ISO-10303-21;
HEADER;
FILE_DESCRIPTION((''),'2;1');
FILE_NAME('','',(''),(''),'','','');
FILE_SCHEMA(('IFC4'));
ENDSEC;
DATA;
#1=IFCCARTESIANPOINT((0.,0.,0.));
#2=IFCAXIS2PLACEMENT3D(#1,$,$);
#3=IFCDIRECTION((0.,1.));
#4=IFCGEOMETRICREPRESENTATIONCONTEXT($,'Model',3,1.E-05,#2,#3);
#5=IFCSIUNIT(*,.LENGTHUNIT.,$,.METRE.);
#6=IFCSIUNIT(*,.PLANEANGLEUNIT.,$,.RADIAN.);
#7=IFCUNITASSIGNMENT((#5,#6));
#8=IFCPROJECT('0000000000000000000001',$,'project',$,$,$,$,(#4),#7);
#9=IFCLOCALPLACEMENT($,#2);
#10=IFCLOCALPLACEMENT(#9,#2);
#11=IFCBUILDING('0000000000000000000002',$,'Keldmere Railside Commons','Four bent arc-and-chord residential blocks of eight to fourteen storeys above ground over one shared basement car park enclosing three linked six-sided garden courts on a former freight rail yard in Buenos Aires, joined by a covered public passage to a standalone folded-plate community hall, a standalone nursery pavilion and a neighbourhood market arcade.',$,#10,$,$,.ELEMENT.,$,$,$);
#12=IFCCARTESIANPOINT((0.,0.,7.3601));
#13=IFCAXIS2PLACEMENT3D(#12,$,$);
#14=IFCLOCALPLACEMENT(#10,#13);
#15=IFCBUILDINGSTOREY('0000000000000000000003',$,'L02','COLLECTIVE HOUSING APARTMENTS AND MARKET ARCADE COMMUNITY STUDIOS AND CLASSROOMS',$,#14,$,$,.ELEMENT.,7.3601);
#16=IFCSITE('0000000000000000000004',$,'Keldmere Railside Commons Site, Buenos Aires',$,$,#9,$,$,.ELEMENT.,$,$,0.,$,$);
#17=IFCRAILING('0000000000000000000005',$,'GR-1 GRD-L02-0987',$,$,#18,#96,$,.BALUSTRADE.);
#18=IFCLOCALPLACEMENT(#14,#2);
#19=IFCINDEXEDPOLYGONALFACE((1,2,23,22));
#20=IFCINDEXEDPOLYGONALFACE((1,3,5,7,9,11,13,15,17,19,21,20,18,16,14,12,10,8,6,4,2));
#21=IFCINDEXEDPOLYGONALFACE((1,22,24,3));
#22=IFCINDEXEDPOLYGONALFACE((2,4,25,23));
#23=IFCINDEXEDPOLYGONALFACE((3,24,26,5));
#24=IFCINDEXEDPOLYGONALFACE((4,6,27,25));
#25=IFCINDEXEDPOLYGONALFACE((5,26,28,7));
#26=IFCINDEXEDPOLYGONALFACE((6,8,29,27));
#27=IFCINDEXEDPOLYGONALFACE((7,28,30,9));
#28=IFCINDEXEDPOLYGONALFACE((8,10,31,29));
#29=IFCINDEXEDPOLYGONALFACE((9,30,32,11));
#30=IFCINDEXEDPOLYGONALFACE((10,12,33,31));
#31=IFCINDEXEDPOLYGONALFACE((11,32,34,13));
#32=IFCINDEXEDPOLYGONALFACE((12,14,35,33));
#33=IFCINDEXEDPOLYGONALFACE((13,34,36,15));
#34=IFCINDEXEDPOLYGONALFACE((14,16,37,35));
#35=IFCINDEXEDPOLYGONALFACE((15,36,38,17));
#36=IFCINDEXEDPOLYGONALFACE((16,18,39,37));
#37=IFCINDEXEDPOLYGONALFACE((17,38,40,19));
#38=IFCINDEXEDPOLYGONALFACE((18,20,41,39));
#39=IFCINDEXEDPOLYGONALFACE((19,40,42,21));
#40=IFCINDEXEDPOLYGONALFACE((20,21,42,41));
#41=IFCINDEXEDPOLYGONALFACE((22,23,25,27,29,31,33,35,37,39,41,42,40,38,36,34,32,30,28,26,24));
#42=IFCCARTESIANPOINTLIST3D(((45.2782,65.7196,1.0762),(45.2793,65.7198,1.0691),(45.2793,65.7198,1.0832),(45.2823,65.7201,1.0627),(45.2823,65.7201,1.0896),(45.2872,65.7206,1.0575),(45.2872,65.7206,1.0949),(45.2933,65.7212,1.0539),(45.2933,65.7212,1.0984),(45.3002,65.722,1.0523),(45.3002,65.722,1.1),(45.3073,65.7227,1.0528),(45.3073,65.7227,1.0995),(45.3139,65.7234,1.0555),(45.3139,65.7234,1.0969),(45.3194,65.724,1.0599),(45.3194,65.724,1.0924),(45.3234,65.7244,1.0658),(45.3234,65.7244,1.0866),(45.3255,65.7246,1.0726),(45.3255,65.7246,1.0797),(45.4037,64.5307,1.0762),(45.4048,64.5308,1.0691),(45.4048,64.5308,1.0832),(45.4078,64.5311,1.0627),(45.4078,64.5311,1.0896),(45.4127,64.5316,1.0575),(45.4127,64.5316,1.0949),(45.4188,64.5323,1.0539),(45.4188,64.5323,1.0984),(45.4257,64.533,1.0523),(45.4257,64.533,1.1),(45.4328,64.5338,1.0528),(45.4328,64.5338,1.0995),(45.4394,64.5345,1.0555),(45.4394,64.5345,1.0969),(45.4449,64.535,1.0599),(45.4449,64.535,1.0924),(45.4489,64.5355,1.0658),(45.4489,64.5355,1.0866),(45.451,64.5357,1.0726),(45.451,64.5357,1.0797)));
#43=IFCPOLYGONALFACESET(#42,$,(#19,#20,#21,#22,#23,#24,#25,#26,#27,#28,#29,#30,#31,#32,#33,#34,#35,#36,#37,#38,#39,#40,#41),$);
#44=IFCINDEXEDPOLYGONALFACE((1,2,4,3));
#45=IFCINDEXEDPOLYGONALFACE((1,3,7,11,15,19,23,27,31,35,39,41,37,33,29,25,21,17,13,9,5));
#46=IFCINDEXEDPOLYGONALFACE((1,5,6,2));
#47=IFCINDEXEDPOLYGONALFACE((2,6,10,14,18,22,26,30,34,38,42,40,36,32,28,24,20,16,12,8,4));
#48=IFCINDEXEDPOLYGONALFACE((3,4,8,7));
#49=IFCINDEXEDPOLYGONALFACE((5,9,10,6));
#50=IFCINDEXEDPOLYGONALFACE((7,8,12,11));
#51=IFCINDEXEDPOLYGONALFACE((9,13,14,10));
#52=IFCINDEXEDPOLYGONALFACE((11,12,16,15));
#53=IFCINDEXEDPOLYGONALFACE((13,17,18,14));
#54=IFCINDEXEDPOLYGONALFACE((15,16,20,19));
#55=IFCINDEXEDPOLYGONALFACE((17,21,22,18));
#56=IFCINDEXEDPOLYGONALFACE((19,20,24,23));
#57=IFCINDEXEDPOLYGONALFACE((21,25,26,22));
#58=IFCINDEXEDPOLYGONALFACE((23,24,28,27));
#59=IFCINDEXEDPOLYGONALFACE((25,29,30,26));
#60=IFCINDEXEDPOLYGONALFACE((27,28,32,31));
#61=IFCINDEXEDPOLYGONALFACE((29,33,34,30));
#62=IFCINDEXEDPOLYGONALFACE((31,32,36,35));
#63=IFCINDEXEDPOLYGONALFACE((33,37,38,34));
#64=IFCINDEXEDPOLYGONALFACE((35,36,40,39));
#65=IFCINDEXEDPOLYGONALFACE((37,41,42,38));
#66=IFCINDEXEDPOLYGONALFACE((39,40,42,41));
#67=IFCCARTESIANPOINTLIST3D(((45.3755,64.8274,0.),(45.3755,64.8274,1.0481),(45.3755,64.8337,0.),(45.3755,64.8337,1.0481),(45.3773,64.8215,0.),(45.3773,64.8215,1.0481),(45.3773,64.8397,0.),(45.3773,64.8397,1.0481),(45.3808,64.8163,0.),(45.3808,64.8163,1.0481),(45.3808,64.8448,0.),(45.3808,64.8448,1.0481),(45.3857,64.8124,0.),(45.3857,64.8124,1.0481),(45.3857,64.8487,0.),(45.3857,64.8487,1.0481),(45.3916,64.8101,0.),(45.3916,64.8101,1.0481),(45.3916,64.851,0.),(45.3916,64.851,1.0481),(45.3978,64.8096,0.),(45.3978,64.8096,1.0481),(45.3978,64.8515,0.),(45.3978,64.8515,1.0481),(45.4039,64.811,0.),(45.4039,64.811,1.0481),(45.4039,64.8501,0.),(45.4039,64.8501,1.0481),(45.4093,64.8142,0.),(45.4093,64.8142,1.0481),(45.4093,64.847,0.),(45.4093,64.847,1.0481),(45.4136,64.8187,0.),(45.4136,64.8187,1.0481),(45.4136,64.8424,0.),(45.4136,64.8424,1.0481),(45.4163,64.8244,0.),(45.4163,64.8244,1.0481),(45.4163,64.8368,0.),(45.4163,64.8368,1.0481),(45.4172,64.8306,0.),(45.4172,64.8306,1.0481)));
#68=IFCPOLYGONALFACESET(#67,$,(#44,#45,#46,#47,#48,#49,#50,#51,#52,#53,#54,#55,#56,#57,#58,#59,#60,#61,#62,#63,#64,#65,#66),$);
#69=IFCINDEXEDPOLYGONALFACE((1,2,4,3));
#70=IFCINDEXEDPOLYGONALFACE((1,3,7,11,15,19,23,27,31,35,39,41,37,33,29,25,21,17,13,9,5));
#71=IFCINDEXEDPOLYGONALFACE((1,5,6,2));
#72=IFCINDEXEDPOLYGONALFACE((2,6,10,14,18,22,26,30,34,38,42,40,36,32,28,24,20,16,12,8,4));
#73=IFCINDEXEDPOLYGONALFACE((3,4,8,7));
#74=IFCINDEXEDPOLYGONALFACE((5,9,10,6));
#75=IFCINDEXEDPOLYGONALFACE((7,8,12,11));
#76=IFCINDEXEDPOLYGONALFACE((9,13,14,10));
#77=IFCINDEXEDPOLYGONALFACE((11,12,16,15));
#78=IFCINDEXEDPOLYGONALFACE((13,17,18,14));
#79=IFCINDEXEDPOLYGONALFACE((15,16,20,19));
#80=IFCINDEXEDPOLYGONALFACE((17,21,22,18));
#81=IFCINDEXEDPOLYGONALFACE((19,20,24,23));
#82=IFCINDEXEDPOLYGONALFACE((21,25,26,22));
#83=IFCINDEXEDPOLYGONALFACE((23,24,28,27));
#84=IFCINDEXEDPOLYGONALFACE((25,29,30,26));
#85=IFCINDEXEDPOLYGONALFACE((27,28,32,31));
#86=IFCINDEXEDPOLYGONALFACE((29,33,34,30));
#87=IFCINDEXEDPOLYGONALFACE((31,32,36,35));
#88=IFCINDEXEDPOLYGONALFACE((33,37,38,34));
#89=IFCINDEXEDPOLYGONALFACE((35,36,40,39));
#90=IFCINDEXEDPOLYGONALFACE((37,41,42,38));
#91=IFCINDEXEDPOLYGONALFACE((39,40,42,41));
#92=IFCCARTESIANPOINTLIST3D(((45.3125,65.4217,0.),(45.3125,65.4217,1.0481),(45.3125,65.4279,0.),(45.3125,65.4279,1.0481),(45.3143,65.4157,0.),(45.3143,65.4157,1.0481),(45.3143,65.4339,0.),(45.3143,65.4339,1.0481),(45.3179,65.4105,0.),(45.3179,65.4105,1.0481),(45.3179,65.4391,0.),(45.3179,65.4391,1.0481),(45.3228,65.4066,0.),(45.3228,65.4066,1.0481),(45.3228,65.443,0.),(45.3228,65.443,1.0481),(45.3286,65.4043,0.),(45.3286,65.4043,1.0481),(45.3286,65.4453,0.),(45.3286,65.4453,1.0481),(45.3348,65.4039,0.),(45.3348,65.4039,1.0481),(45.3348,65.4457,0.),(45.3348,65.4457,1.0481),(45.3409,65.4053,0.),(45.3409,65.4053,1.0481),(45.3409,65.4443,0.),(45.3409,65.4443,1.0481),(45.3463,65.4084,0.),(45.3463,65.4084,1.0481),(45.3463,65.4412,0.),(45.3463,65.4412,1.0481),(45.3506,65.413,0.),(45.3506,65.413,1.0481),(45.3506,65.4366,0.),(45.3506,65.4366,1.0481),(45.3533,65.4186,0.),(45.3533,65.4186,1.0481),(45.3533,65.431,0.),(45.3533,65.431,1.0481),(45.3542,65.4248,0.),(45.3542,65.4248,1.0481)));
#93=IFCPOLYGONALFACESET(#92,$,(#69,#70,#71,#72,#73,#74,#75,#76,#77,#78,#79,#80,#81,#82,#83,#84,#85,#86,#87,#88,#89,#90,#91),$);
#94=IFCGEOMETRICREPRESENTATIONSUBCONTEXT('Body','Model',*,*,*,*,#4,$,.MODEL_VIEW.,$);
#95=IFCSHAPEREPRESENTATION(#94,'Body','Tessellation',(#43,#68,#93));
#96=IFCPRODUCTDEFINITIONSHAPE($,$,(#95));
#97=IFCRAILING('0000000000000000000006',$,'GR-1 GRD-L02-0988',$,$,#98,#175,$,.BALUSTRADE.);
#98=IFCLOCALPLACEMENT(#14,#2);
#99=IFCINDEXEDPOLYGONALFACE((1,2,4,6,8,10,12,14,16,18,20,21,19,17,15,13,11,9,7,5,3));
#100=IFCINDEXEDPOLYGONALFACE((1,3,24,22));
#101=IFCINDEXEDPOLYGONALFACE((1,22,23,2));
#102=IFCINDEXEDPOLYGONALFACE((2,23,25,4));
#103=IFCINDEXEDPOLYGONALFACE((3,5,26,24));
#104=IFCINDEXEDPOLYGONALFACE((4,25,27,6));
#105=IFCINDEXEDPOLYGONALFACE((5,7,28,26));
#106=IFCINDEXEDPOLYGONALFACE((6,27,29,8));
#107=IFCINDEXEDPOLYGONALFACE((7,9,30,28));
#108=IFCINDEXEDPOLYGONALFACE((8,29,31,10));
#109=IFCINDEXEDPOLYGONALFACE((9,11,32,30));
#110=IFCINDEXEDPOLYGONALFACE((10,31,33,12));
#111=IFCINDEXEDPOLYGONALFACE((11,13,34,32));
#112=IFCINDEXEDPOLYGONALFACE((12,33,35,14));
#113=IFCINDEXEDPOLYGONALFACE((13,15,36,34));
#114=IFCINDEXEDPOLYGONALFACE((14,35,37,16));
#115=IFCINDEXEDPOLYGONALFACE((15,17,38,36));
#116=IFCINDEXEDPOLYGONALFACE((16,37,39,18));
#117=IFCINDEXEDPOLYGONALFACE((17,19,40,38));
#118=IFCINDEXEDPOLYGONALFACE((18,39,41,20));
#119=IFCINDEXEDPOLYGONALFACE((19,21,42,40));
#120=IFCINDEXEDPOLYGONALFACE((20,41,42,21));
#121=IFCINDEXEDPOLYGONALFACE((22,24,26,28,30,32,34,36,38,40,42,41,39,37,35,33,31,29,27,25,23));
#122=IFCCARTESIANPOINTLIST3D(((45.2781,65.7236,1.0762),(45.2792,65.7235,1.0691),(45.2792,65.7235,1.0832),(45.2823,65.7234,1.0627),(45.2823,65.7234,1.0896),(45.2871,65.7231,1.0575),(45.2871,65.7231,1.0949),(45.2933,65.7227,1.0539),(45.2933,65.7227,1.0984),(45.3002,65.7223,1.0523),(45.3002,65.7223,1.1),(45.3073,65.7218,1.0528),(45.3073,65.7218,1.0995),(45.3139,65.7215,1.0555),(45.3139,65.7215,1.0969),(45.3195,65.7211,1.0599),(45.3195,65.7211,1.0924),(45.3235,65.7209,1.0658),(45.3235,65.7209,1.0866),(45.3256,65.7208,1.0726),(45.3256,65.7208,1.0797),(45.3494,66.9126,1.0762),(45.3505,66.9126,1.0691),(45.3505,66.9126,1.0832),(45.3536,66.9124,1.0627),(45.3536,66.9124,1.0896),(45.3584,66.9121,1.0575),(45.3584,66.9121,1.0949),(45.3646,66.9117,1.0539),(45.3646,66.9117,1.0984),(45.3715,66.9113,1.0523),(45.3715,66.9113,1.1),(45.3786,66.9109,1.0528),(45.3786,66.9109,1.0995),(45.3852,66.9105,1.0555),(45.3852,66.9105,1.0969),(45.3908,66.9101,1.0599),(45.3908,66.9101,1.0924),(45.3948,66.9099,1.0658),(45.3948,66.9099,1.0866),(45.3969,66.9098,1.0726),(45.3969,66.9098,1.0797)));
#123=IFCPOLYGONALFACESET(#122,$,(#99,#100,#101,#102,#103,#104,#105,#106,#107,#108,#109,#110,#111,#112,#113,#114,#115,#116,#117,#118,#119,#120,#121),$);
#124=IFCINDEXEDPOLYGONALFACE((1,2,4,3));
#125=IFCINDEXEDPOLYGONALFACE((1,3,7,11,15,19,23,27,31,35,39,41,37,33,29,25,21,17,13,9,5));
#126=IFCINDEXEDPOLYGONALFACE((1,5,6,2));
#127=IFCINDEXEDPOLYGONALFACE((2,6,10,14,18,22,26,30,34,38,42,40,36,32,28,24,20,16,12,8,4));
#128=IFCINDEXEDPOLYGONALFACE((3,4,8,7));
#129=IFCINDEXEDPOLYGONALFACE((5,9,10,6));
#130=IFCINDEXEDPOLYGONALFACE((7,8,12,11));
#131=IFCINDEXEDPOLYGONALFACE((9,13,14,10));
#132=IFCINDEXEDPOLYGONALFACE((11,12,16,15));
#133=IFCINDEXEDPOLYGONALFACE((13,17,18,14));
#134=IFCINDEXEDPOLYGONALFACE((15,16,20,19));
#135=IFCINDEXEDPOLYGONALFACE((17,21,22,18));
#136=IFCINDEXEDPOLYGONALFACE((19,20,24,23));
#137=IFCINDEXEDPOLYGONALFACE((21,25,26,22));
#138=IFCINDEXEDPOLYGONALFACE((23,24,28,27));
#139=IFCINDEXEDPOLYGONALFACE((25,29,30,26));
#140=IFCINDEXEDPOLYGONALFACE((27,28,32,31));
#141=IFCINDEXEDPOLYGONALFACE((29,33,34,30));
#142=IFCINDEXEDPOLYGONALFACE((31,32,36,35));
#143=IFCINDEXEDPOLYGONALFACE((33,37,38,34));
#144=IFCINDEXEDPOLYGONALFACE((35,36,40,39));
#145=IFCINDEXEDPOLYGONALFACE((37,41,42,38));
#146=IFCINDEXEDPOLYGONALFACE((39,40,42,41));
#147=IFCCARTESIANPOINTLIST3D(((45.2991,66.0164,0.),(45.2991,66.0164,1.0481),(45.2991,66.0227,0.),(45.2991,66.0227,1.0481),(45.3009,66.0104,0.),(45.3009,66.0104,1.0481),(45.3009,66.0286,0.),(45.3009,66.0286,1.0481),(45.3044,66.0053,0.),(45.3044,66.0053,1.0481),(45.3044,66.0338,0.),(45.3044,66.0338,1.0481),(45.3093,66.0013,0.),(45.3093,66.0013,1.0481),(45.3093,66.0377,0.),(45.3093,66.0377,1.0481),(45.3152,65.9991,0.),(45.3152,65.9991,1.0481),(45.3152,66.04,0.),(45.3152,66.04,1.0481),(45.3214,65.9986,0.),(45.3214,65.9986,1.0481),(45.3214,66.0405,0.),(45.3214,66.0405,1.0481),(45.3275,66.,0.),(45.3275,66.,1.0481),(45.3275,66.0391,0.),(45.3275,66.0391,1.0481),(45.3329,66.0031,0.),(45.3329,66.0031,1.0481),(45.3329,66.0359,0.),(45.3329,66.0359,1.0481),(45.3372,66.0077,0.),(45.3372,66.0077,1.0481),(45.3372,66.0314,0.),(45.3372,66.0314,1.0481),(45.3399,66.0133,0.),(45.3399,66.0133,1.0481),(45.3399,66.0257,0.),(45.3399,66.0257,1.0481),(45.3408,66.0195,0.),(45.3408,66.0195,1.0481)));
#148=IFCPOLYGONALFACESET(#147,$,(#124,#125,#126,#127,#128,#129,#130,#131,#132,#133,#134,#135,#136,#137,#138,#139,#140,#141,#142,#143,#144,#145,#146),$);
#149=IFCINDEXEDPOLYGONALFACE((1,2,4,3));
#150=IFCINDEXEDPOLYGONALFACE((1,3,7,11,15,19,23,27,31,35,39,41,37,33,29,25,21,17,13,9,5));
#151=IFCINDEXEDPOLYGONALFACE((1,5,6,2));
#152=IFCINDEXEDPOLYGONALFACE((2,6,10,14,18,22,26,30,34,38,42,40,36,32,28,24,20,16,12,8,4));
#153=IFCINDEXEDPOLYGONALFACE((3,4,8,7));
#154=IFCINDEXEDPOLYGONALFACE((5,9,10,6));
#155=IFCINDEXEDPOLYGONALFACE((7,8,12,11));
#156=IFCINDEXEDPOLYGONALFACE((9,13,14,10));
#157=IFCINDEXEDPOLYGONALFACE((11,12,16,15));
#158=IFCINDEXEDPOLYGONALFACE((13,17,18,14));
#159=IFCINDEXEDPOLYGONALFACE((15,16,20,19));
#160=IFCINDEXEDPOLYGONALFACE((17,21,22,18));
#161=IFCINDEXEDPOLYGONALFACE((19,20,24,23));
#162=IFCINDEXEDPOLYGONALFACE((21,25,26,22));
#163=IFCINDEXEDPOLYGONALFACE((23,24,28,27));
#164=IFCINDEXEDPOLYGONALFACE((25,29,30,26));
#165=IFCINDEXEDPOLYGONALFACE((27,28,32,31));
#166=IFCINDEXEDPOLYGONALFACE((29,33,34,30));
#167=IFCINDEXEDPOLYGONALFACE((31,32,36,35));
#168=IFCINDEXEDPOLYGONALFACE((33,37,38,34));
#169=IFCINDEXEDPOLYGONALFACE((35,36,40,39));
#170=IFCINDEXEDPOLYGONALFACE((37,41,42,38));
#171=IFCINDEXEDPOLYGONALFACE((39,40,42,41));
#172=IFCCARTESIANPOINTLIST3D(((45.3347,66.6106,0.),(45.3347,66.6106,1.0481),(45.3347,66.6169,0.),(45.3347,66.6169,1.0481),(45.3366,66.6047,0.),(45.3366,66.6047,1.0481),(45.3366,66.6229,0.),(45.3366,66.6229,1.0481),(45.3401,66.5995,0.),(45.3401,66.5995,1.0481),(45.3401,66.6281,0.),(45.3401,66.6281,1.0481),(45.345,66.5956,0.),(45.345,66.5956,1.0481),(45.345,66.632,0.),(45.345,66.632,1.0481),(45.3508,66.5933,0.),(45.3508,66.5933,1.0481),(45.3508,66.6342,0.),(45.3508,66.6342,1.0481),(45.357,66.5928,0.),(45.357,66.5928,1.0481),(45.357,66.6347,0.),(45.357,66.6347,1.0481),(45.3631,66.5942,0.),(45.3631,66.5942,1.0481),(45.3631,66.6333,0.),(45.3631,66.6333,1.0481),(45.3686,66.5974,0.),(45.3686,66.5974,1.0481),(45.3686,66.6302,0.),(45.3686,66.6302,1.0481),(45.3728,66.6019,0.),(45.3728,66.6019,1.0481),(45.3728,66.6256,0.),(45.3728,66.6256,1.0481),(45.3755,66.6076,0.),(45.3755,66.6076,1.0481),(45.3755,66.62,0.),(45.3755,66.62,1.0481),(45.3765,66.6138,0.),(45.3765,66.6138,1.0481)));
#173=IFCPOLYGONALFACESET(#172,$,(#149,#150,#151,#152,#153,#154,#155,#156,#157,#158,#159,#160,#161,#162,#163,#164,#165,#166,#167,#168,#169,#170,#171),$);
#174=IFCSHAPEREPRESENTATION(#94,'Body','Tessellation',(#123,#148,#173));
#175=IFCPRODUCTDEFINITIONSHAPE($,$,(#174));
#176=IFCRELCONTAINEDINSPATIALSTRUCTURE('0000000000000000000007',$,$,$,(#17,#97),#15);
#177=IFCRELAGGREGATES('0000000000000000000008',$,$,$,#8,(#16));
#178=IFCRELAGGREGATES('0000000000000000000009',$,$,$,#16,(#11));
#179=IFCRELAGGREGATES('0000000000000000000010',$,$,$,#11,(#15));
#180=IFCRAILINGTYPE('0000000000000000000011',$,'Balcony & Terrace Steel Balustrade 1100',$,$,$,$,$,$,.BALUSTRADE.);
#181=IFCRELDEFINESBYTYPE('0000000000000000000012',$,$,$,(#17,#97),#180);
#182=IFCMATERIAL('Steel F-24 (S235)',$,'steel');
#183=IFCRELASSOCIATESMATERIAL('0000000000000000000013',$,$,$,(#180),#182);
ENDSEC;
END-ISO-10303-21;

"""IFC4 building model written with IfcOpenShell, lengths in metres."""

from ifc_helpers import new_model, si_unit, direction, frame, origin, origin_2d, place, context, subcontext, project, spatial, circle, extrude, material, type_object, element, save


model = new_model("IFC4")

# Units and contexts
model_context = context("Model", 3, precision=1e-05, world=origin(), true_north=direction((0.0, 1.0)))
body_context = subcontext(model_context, "Body", "Model", "MODEL_VIEW")
ifc_project = project(units=[si_unit("LENGTHUNIT", "METRE"), si_unit("PLANEANGLEUNIT", "RADIAN")], contexts=[model_context])

# Site, building, storey
site_placement = place(None, origin())
site = spatial("IfcSite", under=ifc_project, at=site_placement, Name="Keldmere Railside Commons Site, Buenos Aires", CompositionType="ELEMENT", RefElevation=0.0)
building_placement = place(site_placement, origin())
building = spatial("IfcBuilding", under=site, at=building_placement, Name="Keldmere Railside Commons", Description="Four bent arc-and-chord residential blocks of eight to fourteen storeys above ground over one shared basement car park enclosing three linked six-sided garden courts on a former freight rail yard in Buenos Aires, joined by a covered public passage to a standalone folded-plate community hall, a standalone nursery pavilion and a neighbourhood market arcade.", CompositionType="ELEMENT")
storey_placement = place(building_placement, frame((0.0, 0.0, 7.3601)))
storey = spatial("IfcBuildingStorey", under=building, at=storey_placement, Name="L02", Description="COLLECTIVE HOUSING APARTMENTS AND MARKET ARCADE COMMUNITY STUDIOS AND CLASSROOMS", CompositionType="ELEMENT", Elevation=7.3601)

# Railings
ifc_material_1 = material(Name="Steel F-24 (S235)", Category="steel")
railing_type = type_object("IfcRailingType", Name="Balcony & Terrace Steel Balustrade 1100", PredefinedType="BALUSTRADE", material=ifc_material_1)
railing_1_placement = place(storey_placement, frame((45.4275, 64.5332, 0.0)))
element("IfcRailing", 1, at=railing_1_placement, inside=storey, type_object=railing_type, Name="GR-1 GRD-L02-0987", PredefinedType="BALUSTRADE", context=body_context, shape_type="SweptSolid", body=[
    extrude(circle(Radius=0.0239, at=origin_2d()), frame((0.0, 0.0, 1.0762), z_axis=(-0.104961, 0.994476, 0.0), x_axis=(-0.994476, -0.104961, 0.0)), (0.0, 0.0, 1.0), 1.1956),
    extrude(circle(Radius=0.021, at=origin_2d()), frame((-0.0312, 0.2974, 0.0)), (0.0, 0.0, 1.0), 1.0481),
    extrude(circle(Radius=0.021, at=origin_2d()), frame((-0.0942, 0.8916, 0.0)), (0.0, 0.0, 1.0), 1.0481),
])
railing_2_placement = place(storey_placement, frame((45.302, 65.7222, 0.0)))
element("IfcRailing", 2, at=railing_2_placement, inside=storey, type_object=railing_type, Name="GR-1 GRD-L02-0988", PredefinedType="BALUSTRADE", context=body_context, shape_type="SweptSolid", body=[
    extrude(circle(Radius=0.0239, at=origin_2d()), frame((0.0, 0.0, 1.0762), z_axis=(0.059851, 0.998207, 0.0), x_axis=(-0.998207, 0.059851, 0.0)), (0.0, 0.0, 1.0), 1.1912),
    extrude(circle(Radius=0.021, at=origin_2d()), frame((0.0178, 0.2974, 0.0)), (0.0, 0.0, 1.0), 1.0481),
    extrude(circle(Radius=0.021, at=origin_2d()), frame((0.0535, 0.8916, 0.0)), (0.0, 0.0, 1.0), 1.0481),
])

save(model, "model.ifc")
